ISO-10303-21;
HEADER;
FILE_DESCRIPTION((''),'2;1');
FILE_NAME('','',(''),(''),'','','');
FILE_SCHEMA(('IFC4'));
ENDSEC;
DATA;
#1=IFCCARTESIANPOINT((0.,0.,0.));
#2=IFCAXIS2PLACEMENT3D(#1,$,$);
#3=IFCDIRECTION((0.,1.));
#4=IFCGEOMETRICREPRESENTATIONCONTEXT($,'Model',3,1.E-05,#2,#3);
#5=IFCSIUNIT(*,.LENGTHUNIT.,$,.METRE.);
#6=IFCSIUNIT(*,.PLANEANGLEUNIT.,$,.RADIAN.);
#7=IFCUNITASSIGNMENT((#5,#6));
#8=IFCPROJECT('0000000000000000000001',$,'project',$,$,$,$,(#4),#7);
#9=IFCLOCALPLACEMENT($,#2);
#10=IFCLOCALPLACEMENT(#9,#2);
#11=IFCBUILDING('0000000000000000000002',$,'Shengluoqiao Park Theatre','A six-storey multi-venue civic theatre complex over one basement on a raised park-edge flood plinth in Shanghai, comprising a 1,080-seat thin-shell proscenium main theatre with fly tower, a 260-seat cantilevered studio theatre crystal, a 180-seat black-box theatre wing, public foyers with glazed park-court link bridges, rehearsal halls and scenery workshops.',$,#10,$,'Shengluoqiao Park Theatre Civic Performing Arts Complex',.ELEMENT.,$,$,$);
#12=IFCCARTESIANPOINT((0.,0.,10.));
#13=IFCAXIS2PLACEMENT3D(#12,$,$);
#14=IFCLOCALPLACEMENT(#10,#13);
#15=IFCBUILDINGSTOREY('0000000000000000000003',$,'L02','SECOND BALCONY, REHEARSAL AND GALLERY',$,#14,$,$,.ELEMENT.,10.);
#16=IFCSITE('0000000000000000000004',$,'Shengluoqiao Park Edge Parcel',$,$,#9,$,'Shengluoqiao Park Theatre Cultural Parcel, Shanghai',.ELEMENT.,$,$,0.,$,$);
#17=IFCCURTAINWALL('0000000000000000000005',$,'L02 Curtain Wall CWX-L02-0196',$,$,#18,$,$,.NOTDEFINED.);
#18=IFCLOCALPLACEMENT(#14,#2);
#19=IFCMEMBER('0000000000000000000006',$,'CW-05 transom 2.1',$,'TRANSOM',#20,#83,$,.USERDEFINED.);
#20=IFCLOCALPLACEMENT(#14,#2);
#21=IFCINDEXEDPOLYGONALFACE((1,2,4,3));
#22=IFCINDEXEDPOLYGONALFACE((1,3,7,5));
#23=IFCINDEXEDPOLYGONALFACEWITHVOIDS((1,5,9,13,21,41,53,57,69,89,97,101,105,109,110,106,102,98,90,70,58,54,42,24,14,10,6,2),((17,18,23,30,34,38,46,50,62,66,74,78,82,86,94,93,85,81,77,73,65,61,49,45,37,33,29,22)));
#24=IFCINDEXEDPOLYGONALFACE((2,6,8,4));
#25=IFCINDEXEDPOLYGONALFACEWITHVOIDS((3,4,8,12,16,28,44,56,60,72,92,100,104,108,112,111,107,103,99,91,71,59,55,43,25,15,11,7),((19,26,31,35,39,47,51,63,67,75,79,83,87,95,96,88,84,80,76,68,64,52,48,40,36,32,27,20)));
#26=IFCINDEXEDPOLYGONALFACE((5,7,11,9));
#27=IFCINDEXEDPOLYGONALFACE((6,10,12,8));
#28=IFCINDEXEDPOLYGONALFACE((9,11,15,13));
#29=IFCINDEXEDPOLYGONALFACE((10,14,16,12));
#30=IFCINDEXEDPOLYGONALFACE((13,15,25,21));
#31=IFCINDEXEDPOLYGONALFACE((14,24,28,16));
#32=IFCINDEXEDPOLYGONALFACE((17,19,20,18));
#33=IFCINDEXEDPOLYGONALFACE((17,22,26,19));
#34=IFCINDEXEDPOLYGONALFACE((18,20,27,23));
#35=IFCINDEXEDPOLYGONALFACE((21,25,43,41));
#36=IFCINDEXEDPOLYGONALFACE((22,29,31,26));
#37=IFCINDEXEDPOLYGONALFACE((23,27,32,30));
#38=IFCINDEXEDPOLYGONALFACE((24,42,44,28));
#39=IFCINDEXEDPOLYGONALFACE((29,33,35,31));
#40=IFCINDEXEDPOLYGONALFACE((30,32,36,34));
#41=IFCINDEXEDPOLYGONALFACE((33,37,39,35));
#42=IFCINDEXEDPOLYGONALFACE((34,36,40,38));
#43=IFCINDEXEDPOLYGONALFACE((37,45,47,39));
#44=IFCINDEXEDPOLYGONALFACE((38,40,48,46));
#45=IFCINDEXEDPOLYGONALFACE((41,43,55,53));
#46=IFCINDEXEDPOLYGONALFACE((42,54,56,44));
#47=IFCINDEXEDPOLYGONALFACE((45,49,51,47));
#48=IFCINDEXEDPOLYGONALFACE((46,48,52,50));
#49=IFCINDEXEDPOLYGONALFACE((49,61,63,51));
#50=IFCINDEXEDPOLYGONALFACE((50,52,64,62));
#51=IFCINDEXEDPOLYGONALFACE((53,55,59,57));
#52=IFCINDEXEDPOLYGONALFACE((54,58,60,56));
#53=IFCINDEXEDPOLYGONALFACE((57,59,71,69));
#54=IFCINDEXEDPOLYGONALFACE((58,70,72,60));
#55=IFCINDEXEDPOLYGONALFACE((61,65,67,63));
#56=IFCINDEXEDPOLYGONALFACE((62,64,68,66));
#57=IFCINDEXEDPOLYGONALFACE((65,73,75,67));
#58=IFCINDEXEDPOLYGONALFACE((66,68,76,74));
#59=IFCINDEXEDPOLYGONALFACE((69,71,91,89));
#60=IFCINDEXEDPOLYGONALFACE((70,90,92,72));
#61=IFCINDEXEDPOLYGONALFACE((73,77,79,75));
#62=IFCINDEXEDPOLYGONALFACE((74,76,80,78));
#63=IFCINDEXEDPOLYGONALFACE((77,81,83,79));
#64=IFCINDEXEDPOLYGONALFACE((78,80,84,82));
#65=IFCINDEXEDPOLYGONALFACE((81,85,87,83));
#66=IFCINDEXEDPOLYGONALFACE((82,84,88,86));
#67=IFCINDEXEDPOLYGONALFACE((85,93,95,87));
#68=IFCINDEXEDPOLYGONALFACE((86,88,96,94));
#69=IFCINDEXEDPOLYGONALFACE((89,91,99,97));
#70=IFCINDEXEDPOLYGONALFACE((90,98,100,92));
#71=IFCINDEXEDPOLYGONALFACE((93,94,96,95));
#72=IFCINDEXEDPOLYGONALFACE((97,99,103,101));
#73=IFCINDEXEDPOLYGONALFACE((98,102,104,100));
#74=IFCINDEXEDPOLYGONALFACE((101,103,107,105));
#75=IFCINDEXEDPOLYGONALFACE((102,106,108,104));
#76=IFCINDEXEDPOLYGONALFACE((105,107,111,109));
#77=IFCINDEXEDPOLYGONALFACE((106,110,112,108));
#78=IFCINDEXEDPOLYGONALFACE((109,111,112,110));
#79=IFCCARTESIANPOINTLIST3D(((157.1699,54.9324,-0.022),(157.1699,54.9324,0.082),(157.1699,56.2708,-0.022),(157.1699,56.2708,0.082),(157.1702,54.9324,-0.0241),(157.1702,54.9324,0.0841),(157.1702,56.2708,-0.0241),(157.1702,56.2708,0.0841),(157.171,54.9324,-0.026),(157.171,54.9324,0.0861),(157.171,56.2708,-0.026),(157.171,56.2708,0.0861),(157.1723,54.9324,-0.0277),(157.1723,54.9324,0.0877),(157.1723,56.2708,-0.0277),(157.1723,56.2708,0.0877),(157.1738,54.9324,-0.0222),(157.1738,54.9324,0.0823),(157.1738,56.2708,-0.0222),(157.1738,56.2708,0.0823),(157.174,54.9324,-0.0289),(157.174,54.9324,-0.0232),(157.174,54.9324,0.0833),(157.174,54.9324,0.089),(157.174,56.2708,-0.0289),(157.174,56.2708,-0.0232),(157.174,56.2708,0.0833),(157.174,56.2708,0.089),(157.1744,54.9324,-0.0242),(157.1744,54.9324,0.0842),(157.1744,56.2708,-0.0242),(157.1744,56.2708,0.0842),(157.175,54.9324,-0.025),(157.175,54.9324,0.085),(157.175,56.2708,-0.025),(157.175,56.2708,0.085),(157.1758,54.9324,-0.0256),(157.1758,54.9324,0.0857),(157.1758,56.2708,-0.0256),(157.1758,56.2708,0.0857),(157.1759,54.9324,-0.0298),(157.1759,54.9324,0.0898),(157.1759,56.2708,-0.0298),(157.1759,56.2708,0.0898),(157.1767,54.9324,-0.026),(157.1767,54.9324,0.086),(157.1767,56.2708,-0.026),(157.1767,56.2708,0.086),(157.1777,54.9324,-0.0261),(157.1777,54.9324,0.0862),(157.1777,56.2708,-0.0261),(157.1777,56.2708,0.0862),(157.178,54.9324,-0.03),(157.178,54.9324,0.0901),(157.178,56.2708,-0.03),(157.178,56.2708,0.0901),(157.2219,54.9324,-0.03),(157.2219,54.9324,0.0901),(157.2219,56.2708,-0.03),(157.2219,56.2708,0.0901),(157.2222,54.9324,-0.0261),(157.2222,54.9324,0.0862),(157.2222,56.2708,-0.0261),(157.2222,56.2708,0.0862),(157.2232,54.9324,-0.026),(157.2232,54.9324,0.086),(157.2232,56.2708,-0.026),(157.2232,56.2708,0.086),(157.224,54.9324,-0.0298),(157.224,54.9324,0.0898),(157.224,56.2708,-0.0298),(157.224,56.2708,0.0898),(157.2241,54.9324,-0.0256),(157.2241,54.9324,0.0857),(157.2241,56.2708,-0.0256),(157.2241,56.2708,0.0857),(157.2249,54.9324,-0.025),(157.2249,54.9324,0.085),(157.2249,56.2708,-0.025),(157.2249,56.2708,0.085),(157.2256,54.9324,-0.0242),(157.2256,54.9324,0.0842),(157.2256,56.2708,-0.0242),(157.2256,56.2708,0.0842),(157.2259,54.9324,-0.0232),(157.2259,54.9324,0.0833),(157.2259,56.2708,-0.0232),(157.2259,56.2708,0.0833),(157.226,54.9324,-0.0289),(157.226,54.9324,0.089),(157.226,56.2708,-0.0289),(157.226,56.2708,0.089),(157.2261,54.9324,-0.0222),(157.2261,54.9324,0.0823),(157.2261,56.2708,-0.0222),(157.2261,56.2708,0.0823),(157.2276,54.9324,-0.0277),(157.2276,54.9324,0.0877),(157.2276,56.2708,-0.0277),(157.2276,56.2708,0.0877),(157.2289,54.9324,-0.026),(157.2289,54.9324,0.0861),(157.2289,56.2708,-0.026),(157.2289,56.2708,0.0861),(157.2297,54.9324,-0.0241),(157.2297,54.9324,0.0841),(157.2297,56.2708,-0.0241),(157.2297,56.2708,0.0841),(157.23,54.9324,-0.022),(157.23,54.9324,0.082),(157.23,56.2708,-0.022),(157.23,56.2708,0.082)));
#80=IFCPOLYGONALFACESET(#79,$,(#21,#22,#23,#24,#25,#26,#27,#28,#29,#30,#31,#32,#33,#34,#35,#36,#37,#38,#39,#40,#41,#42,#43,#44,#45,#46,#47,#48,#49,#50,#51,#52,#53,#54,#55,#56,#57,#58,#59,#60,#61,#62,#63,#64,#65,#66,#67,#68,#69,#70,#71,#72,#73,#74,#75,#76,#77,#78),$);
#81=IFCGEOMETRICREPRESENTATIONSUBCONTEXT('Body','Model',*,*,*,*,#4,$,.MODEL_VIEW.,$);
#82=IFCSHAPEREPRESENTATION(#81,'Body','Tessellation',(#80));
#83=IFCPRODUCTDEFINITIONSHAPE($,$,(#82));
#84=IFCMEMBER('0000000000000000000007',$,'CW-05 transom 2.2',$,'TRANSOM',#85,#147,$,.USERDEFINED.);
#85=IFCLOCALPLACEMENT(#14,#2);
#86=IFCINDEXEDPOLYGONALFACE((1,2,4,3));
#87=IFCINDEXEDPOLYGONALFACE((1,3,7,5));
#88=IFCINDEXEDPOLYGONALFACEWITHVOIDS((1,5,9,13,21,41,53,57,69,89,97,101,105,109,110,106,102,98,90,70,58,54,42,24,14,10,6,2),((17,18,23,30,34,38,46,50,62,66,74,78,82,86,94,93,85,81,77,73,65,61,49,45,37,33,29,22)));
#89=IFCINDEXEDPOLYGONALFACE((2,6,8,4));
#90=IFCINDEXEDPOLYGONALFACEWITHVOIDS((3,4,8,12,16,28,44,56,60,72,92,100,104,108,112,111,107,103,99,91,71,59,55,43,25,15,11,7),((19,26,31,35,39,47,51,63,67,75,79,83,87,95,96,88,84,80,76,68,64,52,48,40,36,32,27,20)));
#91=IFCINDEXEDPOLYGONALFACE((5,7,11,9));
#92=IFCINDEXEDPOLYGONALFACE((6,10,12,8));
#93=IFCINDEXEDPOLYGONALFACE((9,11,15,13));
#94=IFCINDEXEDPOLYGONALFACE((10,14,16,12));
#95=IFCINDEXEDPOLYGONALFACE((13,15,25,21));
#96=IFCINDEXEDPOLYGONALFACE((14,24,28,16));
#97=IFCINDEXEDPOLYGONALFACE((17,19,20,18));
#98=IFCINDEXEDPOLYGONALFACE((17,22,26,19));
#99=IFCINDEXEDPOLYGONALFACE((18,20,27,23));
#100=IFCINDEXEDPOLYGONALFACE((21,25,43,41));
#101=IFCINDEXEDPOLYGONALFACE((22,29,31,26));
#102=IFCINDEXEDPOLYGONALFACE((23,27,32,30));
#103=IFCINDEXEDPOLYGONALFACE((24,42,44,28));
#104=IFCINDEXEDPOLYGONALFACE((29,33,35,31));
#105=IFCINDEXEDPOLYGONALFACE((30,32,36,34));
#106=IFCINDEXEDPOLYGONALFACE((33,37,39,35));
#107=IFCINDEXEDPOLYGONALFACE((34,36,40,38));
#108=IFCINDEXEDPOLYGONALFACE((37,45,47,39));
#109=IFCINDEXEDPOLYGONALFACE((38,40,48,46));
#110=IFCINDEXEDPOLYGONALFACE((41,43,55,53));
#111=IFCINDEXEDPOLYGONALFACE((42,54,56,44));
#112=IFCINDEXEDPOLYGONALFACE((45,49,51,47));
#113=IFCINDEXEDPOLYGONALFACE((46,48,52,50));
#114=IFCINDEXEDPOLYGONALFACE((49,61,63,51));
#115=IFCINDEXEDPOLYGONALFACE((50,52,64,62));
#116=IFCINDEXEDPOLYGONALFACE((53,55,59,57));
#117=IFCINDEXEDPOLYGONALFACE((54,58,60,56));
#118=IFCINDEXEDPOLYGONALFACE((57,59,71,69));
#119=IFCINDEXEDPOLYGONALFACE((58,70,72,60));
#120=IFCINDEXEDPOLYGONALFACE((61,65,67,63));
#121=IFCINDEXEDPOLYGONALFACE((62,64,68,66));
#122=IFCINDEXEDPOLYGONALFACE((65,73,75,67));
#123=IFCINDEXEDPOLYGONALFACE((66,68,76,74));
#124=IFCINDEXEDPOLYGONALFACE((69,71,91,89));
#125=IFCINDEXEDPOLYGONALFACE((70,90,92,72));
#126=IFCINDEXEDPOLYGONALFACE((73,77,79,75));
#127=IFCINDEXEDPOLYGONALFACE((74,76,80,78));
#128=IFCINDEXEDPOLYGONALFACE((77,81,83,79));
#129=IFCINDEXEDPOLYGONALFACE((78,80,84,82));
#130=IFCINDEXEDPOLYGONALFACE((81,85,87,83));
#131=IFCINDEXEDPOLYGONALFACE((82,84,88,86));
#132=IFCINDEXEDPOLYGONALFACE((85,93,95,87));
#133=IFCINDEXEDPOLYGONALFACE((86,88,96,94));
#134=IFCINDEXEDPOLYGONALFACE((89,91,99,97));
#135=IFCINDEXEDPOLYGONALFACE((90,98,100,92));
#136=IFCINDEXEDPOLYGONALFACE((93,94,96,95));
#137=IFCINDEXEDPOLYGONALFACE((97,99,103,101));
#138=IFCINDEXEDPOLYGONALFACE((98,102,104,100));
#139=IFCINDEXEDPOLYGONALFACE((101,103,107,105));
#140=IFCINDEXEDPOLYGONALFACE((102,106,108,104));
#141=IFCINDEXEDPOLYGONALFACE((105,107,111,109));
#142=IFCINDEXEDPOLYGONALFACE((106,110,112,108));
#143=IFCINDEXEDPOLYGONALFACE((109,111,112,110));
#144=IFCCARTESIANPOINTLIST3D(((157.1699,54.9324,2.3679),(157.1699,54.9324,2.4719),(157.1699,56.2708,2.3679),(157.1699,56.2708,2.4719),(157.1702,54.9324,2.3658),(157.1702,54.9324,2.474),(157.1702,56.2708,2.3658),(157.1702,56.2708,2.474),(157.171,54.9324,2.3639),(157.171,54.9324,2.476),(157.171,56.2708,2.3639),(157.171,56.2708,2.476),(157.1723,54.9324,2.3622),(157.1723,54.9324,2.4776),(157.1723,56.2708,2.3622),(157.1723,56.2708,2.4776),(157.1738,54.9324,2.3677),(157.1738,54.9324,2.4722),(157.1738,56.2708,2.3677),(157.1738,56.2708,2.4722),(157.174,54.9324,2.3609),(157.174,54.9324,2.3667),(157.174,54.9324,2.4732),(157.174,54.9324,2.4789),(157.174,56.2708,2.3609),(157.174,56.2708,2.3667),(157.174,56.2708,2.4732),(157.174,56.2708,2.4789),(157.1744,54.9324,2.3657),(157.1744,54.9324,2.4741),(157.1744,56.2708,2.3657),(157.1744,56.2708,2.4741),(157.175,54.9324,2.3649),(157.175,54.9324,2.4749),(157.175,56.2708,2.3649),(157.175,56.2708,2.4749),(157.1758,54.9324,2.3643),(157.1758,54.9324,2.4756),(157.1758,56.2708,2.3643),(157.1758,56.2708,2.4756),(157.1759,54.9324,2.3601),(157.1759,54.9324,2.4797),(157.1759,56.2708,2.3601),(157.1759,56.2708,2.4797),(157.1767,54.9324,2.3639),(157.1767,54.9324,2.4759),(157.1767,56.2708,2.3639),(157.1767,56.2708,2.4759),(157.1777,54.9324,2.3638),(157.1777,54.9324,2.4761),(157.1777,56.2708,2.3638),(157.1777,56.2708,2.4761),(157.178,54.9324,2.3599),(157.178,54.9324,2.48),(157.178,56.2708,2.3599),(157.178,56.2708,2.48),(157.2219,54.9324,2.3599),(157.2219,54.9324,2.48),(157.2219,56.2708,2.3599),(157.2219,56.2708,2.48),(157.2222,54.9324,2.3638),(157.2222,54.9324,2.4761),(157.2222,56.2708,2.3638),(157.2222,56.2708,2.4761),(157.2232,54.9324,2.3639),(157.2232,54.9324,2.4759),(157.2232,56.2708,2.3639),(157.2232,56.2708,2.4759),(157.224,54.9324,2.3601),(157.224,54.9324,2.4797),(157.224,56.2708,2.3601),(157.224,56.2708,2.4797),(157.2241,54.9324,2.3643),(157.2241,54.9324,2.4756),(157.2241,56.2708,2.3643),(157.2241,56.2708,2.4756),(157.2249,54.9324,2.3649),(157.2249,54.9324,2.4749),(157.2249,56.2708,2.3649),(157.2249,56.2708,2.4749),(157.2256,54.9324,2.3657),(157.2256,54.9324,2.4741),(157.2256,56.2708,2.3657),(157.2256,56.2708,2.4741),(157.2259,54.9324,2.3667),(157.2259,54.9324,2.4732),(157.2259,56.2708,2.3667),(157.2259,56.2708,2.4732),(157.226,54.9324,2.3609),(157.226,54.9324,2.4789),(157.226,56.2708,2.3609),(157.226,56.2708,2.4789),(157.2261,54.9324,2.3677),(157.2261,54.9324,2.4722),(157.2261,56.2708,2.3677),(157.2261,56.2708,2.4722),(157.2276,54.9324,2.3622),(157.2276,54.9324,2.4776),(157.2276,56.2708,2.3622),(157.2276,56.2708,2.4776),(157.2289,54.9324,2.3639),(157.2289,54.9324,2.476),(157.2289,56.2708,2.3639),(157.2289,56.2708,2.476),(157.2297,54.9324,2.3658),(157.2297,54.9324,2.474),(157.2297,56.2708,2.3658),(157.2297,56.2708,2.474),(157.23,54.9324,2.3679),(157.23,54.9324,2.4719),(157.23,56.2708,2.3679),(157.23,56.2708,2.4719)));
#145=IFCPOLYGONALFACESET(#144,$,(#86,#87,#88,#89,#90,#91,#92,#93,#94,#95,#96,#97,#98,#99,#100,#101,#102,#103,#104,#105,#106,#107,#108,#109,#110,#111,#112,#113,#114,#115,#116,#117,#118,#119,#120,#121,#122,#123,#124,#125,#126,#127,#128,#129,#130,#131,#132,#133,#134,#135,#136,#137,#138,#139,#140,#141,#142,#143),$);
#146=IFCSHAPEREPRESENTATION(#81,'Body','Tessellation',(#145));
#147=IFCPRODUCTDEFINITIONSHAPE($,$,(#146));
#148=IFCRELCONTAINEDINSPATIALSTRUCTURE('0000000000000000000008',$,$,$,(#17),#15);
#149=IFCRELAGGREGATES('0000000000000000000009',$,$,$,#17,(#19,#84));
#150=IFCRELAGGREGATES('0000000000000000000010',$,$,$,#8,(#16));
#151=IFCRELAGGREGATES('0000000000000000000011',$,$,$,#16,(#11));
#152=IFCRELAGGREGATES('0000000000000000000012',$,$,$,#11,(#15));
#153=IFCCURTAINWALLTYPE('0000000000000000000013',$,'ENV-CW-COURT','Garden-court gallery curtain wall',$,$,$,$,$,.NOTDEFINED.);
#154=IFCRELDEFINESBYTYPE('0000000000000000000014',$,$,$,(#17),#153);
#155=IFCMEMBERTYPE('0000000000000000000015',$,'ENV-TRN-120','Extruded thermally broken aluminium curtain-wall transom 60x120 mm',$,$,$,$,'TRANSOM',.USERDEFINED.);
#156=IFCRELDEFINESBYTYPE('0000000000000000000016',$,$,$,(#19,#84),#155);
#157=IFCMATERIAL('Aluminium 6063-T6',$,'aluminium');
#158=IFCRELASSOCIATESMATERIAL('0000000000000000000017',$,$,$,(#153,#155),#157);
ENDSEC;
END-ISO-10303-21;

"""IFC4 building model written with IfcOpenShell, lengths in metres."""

from ifc_helpers import new_model, si_unit, direction, frame, origin, origin_2d, place, context, subcontext, project, spatial, hollow_rectangle, extrude, material, material_profile, profile_set, type_object, element, aggregate, save


model = new_model("IFC4")

# Units and contexts
model_context = context("Model", 3, precision=1e-05, world=origin(), true_north=direction((0.0, 1.0)))
body_context = subcontext(model_context, "Body", "Model", "MODEL_VIEW")
ifc_project = project(units=[si_unit("LENGTHUNIT", "METRE"), si_unit("PLANEANGLEUNIT", "RADIAN")], contexts=[model_context])

# Site, building, storey
site_placement = place(None, origin())
site = spatial("IfcSite", under=ifc_project, at=site_placement, Name="Shengluoqiao Park Edge Parcel", LongName="Shengluoqiao Park Theatre Cultural Parcel, Shanghai", CompositionType="ELEMENT", RefElevation=0.0)
building_placement = place(site_placement, origin())
building = spatial("IfcBuilding", under=site, at=building_placement, Name="Shengluoqiao Park Theatre", Description="A six-storey multi-venue civic theatre complex over one basement on a raised park-edge flood plinth in Shanghai, comprising a 1,080-seat thin-shell proscenium main theatre with fly tower, a 260-seat cantilevered studio theatre crystal, a 180-seat black-box theatre wing, public foyers with glazed park-court link bridges, rehearsal halls and scenery workshops.", LongName="Shengluoqiao Park Theatre Civic Performing Arts Complex", CompositionType="ELEMENT")
storey_placement = place(building_placement, frame((0.0, 0.0, 10.0)))
storey = spatial("IfcBuildingStorey", under=building, at=storey_placement, Name="L02", Description="SECOND BALCONY, REHEARSAL AND GALLERY", CompositionType="ELEMENT", Elevation=10.0)

# Curtain wall, members
ifc_material_1 = material(Name="Aluminium 6063-T6", Category="aluminium")
curtain_wall_type = type_object("IfcCurtainWallType", Name="ENV-CW-COURT", Description="Garden-court gallery curtain wall", PredefinedType="NOTDEFINED", material=ifc_material_1)
curtain_wall_placement = place(storey_placement, origin())
curtain_wall = element("IfcCurtainWall", 1, at=curtain_wall_placement, inside=storey, type_object=curtain_wall_type, Name="L02 Curtain Wall CWX-L02-0196", PredefinedType="NOTDEFINED")
ifc_material_profile_1 = material_profile(ifc_material_1, hollow_rectangle(XDim=0.0601, YDim=0.1201, WallThickness=0.0039, InnerFilletRadius=0.0039, OuterFilletRadius=0.0081, at=origin_2d()), Name="ALU TRANSOM 120x60x4")
ifc_profile_set_1 = profile_set([ifc_material_profile_1], Name="Aluminium 6063-T6")
member_type_1 = type_object("IfcMemberType", Name="ENV-TRN-120", Description="Extruded thermally broken aluminium curtain-wall transom 60x120 mm", ElementType="TRANSOM", PredefinedType="USERDEFINED", material=ifc_profile_set_1)
member_1_placement = place(storey_placement, frame((157.2, 54.9324, 0.03), z_axis=(0.0, 1.0, 0.0), x_axis=(-1.0, 0.0, 0.0)))
member_1 = element("IfcMember", 2, at=member_1_placement, type_object=member_type_1, Name="CW-05 transom 2.1", ObjectType="TRANSOM", PredefinedType="USERDEFINED", context=body_context, shape_type="SweptSolid", body=[
    extrude(hollow_rectangle(XDim=0.0601, YDim=0.1201, WallThickness=0.0039, InnerFilletRadius=0.0039, OuterFilletRadius=0.0081, at=origin_2d()), origin(), (0.0, 0.0, 1.0), 1.3384),
])
member_2_placement = place(storey_placement, frame((157.2, 54.9324, 2.4199), z_axis=(0.0, 1.0, 0.0), x_axis=(-1.0, 0.0, 0.0)))
member_2 = element("IfcMember", 3, at=member_2_placement, type_object=member_type_1, Name="CW-05 transom 2.2", ObjectType="TRANSOM", PredefinedType="USERDEFINED", context=body_context, shape_type="SweptSolid", body=[
    extrude(hollow_rectangle(XDim=0.0601, YDim=0.1201, WallThickness=0.0039, InnerFilletRadius=0.0039, OuterFilletRadius=0.0081, at=origin_2d()), origin(), (0.0, 0.0, 1.0), 1.3384),
])
aggregate(curtain_wall, [member_1, member_2])

save(model, "model.ifc")
